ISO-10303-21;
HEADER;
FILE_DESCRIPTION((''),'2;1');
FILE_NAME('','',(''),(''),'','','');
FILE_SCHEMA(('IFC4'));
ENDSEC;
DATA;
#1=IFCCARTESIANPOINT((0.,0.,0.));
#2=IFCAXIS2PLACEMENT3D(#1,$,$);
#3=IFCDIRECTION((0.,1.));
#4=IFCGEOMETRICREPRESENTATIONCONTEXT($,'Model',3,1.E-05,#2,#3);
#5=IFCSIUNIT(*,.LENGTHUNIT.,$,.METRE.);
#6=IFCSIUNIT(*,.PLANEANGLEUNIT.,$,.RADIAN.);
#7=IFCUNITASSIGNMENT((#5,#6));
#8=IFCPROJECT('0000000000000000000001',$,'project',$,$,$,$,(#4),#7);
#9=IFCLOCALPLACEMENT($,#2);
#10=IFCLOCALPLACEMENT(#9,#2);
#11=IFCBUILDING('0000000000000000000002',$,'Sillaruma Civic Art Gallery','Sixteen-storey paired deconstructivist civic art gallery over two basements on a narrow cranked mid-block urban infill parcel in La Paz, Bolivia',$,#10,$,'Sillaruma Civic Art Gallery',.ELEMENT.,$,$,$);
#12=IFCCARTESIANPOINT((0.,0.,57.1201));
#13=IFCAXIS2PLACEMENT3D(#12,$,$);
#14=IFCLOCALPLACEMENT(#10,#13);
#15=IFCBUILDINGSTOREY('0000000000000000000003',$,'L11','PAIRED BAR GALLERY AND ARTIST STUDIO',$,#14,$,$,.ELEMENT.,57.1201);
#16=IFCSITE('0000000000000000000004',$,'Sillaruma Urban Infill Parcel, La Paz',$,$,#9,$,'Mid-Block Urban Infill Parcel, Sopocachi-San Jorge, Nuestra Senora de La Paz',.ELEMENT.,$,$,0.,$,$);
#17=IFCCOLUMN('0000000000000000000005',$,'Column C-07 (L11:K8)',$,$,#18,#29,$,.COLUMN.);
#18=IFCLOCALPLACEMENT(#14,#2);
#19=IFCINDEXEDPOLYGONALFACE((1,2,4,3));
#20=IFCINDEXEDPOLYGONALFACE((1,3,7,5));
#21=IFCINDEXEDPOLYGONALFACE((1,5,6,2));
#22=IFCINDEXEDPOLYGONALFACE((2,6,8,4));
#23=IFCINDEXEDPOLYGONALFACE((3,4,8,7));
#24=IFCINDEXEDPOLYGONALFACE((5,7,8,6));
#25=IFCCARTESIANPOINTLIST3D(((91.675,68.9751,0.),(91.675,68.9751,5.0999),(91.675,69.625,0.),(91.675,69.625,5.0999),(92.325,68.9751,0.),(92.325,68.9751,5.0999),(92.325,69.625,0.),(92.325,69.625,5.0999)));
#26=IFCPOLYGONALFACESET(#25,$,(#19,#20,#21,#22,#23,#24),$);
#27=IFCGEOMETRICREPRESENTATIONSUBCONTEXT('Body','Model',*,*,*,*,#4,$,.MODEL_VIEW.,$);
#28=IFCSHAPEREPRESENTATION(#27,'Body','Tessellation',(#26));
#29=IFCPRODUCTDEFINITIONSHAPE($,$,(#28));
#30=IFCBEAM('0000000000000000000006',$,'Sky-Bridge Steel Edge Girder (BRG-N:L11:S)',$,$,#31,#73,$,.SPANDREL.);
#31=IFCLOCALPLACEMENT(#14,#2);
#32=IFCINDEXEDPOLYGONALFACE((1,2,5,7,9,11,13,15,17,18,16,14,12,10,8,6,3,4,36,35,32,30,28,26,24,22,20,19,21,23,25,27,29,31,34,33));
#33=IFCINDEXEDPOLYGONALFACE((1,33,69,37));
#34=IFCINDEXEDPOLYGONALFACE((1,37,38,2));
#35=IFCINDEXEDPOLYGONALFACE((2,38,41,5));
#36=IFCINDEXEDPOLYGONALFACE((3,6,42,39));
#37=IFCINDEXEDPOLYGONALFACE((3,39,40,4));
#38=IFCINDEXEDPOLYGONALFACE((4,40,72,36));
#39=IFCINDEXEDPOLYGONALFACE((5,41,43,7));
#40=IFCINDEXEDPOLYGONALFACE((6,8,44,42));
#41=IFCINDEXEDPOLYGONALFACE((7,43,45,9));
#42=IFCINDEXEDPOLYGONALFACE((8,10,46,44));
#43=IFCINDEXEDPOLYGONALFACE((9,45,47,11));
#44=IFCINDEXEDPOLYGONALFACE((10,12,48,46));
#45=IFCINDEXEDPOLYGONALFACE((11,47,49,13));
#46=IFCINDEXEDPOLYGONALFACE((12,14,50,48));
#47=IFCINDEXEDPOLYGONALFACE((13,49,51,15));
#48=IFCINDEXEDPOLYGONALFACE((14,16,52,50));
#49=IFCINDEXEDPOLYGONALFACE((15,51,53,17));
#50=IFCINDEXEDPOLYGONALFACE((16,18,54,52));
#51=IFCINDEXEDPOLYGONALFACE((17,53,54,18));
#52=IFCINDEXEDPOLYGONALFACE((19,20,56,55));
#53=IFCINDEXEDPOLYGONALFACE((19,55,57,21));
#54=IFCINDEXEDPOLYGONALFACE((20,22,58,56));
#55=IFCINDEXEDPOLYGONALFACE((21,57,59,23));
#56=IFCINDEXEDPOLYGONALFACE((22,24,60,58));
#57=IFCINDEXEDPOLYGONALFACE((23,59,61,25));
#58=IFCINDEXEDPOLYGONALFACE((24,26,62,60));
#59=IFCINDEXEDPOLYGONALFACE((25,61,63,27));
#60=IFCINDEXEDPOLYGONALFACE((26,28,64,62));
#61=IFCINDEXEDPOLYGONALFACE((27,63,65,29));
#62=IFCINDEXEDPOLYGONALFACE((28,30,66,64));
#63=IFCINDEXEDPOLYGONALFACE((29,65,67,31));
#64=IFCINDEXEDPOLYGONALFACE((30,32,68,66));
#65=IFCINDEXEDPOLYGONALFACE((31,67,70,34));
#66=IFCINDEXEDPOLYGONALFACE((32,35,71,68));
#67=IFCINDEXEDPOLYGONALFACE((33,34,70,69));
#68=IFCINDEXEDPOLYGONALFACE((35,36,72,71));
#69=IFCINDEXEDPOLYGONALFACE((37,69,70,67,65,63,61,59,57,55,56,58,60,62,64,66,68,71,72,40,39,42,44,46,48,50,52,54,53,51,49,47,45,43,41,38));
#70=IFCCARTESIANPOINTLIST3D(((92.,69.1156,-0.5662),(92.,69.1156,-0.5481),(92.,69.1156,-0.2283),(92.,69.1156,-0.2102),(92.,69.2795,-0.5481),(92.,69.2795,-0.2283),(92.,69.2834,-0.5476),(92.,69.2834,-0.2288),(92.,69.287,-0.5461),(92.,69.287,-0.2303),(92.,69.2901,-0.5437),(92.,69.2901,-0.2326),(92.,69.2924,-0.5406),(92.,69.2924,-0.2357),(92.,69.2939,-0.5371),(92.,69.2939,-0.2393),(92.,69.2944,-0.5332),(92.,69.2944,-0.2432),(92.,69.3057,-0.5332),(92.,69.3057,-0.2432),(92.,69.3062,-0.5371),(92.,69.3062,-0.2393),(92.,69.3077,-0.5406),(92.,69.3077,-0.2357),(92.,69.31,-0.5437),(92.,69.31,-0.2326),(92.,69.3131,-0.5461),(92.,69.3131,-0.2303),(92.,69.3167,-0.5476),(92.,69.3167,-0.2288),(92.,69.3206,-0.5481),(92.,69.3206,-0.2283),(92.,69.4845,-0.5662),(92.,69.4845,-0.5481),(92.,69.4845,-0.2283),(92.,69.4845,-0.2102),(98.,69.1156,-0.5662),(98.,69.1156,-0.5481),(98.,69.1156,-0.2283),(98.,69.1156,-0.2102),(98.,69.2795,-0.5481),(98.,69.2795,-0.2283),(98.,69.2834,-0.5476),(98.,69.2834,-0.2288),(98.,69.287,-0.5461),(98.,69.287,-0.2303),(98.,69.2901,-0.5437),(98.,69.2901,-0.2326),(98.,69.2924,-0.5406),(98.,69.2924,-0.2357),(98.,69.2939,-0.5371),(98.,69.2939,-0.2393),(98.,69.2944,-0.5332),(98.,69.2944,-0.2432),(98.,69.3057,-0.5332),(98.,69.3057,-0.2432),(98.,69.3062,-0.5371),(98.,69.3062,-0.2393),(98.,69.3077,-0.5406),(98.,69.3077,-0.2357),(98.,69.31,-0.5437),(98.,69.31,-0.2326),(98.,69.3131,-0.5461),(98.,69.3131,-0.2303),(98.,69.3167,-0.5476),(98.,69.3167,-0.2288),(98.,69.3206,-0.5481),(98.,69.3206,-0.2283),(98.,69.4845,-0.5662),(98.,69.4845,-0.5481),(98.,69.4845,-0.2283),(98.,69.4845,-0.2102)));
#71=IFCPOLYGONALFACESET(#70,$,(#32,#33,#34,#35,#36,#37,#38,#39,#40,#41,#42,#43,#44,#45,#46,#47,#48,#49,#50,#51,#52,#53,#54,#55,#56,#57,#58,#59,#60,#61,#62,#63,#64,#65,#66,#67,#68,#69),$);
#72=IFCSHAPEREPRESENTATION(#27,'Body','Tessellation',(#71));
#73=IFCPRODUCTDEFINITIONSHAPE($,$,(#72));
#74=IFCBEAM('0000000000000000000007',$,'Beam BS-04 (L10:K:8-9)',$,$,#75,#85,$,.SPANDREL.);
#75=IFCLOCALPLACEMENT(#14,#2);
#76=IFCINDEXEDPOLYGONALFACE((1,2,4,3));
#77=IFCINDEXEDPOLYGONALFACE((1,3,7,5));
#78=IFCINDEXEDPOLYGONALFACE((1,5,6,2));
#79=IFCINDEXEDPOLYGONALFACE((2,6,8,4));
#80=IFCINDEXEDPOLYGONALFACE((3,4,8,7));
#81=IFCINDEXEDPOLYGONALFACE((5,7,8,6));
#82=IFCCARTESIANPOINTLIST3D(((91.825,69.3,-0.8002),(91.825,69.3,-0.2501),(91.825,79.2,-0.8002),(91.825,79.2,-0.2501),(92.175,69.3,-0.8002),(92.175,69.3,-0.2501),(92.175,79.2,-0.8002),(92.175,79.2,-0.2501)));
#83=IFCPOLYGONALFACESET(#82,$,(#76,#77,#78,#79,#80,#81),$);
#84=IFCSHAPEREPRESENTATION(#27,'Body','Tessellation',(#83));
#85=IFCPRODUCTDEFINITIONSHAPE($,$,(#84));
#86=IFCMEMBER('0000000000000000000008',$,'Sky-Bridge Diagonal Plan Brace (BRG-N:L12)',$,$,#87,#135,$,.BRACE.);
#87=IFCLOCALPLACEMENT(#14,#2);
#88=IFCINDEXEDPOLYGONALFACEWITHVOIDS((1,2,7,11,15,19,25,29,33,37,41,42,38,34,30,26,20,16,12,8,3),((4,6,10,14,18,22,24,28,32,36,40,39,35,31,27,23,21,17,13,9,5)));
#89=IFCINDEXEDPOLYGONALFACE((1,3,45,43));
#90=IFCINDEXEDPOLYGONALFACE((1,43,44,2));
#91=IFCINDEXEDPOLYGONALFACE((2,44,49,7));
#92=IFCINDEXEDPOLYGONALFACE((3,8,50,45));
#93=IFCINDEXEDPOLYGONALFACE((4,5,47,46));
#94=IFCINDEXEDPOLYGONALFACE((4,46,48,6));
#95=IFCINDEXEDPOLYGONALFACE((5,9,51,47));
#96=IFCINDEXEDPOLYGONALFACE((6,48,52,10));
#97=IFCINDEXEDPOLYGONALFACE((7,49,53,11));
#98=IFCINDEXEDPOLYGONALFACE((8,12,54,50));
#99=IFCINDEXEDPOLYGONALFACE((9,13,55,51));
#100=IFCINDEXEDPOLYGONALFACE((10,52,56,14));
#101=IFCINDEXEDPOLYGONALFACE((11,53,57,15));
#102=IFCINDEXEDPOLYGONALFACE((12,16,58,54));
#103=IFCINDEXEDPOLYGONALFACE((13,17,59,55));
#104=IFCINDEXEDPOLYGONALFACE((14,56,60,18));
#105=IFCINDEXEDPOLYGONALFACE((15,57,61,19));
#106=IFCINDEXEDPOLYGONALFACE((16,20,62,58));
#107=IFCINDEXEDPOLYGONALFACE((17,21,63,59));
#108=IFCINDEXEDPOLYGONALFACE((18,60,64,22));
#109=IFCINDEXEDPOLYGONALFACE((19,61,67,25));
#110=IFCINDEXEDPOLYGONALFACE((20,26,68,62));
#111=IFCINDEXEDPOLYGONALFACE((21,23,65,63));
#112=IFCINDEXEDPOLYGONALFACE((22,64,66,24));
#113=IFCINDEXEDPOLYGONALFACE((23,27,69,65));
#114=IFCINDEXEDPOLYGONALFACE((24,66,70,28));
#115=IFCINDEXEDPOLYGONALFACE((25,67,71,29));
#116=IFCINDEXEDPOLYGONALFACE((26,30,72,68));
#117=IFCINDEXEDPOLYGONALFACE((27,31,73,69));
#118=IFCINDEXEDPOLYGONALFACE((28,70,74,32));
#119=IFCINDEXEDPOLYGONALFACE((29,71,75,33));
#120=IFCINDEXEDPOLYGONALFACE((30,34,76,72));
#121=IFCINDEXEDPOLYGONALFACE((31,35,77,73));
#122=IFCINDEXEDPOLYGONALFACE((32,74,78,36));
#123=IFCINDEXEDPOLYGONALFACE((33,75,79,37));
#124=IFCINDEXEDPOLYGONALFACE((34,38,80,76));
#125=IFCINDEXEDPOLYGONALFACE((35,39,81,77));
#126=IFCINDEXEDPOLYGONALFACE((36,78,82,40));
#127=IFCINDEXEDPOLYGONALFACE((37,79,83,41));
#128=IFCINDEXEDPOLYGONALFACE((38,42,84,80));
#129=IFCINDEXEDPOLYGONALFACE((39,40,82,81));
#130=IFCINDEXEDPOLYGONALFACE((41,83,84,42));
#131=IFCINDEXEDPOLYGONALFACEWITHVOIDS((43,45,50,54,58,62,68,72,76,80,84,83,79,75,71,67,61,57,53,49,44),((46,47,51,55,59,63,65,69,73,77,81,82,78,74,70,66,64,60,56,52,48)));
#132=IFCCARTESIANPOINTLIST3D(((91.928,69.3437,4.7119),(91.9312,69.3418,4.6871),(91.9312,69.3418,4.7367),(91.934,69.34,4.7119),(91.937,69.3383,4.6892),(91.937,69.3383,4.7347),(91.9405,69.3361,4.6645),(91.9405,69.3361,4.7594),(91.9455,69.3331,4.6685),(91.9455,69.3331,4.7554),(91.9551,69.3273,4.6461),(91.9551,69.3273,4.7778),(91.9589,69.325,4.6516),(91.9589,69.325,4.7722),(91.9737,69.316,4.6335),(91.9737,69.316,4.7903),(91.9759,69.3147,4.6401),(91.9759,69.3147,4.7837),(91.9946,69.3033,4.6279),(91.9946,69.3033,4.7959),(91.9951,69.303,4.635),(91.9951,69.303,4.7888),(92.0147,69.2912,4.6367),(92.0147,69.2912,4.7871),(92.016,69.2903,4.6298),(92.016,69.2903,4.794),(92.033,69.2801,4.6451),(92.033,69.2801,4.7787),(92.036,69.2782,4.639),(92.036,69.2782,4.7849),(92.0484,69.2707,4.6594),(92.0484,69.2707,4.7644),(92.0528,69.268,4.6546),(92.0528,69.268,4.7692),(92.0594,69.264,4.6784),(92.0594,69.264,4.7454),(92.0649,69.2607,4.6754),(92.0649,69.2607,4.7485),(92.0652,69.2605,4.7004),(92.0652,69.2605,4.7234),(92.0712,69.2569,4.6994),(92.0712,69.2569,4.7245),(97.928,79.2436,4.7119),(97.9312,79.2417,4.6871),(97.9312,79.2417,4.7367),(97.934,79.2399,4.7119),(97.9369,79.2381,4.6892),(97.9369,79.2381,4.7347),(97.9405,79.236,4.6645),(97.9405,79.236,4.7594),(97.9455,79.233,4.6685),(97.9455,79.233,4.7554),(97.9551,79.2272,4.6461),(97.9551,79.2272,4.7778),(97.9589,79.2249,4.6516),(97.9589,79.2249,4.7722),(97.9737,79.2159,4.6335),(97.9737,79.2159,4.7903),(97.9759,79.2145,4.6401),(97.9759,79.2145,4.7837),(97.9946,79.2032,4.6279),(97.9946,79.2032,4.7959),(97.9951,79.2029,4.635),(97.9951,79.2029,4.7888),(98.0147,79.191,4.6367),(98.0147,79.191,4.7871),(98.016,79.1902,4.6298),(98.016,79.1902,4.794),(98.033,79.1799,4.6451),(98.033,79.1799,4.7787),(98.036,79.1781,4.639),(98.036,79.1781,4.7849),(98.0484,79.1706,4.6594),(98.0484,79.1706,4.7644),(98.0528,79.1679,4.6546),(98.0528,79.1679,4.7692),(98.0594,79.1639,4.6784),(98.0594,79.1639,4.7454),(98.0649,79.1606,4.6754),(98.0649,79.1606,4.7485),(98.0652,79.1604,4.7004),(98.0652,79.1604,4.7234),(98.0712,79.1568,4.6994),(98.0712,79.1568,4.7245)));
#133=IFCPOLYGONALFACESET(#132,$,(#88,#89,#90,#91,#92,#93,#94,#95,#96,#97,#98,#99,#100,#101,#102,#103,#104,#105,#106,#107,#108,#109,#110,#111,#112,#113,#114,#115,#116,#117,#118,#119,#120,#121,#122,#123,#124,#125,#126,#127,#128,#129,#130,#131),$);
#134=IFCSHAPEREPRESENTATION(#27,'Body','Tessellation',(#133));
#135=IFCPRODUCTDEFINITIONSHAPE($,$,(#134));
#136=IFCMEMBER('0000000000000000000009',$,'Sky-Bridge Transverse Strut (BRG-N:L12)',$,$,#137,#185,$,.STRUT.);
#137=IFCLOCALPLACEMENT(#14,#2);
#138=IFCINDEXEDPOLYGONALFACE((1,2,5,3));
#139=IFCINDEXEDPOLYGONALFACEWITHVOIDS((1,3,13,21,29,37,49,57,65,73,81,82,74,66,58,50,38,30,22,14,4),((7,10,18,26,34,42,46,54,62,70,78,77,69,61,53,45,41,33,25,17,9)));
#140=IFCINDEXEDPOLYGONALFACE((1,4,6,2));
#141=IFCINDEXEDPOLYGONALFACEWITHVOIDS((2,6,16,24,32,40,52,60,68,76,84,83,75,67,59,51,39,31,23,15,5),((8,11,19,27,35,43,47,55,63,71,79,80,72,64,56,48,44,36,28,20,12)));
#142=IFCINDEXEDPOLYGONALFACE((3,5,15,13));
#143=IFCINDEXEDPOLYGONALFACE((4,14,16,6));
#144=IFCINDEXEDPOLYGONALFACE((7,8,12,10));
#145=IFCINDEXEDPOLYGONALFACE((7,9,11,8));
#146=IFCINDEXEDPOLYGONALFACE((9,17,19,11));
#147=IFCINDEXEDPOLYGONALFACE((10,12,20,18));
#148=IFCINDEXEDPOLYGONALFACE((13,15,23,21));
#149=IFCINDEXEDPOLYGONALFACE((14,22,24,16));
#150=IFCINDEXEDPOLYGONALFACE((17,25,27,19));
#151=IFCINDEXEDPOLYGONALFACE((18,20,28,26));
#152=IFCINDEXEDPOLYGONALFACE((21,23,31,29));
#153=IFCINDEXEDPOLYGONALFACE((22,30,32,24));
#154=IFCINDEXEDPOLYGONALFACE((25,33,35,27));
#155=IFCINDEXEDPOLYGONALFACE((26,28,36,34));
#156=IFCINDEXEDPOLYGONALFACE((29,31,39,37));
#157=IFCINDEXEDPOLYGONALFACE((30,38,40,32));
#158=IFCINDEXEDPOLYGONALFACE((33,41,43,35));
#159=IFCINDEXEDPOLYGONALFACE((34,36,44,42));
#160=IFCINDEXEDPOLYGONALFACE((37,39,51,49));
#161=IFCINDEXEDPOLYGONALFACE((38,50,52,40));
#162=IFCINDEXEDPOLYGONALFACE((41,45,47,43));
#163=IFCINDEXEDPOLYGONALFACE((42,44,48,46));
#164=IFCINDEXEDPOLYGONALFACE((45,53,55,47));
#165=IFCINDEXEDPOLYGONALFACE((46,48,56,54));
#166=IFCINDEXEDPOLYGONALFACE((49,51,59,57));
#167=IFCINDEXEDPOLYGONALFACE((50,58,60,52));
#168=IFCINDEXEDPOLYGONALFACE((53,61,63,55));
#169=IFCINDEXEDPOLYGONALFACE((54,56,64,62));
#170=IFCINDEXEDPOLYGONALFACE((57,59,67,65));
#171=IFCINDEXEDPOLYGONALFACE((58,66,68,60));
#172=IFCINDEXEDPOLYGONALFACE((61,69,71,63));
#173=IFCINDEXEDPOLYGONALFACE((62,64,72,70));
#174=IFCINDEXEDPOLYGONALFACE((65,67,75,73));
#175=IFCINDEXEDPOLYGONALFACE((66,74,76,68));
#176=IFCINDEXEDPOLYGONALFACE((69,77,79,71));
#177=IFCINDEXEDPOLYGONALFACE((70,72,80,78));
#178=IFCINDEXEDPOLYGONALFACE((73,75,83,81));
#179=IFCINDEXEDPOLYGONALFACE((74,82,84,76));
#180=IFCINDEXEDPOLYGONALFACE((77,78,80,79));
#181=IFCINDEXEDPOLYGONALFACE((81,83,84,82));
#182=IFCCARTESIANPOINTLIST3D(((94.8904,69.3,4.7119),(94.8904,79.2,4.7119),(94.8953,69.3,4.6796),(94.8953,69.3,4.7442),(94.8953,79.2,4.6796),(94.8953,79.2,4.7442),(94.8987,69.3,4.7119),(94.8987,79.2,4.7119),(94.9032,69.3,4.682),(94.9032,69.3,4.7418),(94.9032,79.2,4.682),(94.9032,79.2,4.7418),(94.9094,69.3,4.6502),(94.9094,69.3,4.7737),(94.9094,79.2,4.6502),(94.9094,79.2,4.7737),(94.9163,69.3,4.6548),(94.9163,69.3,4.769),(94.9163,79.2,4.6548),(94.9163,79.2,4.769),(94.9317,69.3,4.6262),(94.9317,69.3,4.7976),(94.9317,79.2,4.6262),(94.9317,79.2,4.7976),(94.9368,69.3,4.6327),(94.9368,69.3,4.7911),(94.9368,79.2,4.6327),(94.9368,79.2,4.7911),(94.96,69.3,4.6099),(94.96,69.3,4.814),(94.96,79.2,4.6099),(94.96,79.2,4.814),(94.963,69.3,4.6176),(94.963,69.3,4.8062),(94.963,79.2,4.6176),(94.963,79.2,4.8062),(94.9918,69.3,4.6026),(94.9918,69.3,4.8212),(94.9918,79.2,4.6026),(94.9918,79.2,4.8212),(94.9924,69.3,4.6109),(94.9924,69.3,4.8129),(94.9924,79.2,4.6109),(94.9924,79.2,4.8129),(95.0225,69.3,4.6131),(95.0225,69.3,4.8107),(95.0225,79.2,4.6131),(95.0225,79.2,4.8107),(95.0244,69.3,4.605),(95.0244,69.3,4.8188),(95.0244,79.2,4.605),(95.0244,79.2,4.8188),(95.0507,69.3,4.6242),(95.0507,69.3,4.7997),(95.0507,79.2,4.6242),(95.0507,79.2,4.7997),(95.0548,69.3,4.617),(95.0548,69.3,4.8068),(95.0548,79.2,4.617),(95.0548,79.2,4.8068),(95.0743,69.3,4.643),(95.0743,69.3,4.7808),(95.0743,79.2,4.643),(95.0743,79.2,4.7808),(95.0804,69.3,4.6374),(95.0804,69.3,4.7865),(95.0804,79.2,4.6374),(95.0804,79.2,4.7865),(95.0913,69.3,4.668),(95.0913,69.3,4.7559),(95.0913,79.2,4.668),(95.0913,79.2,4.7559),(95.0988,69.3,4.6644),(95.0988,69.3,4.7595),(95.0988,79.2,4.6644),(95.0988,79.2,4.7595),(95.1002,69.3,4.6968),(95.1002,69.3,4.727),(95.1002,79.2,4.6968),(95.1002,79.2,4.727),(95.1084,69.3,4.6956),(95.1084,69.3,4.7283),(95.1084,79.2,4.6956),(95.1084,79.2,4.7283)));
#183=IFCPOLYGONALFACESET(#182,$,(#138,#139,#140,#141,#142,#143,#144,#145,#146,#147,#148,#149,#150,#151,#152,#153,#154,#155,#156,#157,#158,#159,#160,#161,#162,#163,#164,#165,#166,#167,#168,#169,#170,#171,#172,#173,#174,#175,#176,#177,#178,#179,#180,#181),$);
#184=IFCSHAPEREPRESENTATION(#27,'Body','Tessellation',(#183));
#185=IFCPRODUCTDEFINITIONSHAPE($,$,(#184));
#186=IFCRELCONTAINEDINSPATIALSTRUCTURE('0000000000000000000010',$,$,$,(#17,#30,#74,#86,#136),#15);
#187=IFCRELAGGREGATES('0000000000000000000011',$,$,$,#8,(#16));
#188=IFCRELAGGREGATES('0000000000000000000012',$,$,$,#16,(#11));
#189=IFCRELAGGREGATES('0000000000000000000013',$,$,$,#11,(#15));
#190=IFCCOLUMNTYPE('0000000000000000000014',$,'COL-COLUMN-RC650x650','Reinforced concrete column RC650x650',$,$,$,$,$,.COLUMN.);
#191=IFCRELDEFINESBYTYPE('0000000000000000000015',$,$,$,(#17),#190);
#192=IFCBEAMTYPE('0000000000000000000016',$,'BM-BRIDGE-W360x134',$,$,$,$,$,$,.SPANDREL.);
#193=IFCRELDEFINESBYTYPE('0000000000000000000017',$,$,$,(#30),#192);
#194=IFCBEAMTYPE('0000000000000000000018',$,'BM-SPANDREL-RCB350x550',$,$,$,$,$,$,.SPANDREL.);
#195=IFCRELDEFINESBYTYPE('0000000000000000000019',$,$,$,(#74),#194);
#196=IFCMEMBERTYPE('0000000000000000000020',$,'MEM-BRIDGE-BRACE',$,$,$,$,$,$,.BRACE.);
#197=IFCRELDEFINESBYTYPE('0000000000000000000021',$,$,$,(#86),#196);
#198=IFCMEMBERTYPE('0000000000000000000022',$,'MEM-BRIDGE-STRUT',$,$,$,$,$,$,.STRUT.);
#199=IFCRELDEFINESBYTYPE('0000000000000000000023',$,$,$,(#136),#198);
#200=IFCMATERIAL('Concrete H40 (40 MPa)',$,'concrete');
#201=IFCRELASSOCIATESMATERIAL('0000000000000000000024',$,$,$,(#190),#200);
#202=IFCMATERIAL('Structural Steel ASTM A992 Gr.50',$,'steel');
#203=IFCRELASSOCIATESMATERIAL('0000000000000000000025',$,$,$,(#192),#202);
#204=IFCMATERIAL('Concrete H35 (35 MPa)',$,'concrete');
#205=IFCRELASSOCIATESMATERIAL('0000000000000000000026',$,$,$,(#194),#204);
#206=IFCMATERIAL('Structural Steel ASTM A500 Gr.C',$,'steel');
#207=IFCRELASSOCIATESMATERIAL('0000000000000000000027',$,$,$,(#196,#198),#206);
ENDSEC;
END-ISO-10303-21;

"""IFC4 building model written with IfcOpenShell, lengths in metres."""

from ifc_helpers import new_model, si_unit, direction, frame, origin, origin_2d, place, context, subcontext, project, spatial, rectangle, hollow_circle, i_section, extrude, material, material_profile, profile_set, type_object, element, save


model = new_model("IFC4")

# Units and contexts
model_context = context("Model", 3, precision=1e-05, world=origin(), true_north=direction((0.0, 1.0)))
body_context = subcontext(model_context, "Body", "Model", "MODEL_VIEW")
ifc_project = project(units=[si_unit("LENGTHUNIT", "METRE"), si_unit("PLANEANGLEUNIT", "RADIAN")], contexts=[model_context])

# Site, building, storey
site_placement = place(None, origin())
site = spatial("IfcSite", under=ifc_project, at=site_placement, Name="Sillaruma Urban Infill Parcel, La Paz", LongName="Mid-Block Urban Infill Parcel, Sopocachi-San Jorge, Nuestra Senora de La Paz", CompositionType="ELEMENT", RefElevation=0.0)
building_placement = place(site_placement, origin())
building = spatial("IfcBuilding", under=site, at=building_placement, Name="Sillaruma Civic Art Gallery", Description="Sixteen-storey paired deconstructivist civic art gallery over two basements on a narrow cranked mid-block urban infill parcel in La Paz, Bolivia", LongName="Sillaruma Civic Art Gallery", CompositionType="ELEMENT")
storey_placement = place(building_placement, frame((0.0, 0.0, 57.1201)))
storey = spatial("IfcBuildingStorey", under=building, at=storey_placement, Name="L11", Description="PAIRED BAR GALLERY AND ARTIST STUDIO", CompositionType="ELEMENT", Elevation=57.1201)

# Column
ifc_material_1 = material(Name="Concrete H40 (40 MPa)", Category="concrete")
ifc_material_profile_1 = material_profile(ifc_material_1, rectangle(XDim=0.6499, YDim=0.6499, at=origin_2d()), Name="RC650x650")
ifc_profile_set_1 = profile_set([ifc_material_profile_1], Name="Concrete H40 (40 MPa)")
column_type = type_object("IfcColumnType", Name="COL-COLUMN-RC650x650", Description="Reinforced concrete column RC650x650", PredefinedType="COLUMN", material=ifc_profile_set_1)
column_placement = place(storey_placement, frame((92.0, 69.3, 0.0), z_axis=(0.0, 0.0, 1.0), x_axis=(1.0, 0.0, 0.0)))
element("IfcColumn", 1, at=column_placement, inside=storey, type_object=column_type, Name="Column C-07 (L11:K8)", PredefinedType="COLUMN", context=body_context, shape_type="SweptSolid", body=[
    extrude(rectangle(XDim=0.6499, YDim=0.6499, at=origin_2d()), origin(), (0.0, 0.0, 1.0), 5.0999),
])

# Beams
ifc_material_2 = material(Name="Structural Steel ASTM A992 Gr.50", Category="steel")
ifc_material_profile_2 = material_profile(ifc_material_2, i_section(OverallWidth=0.3689, OverallDepth=0.356, WebThickness=0.0112, FlangeThickness=0.0181, FilletRadius=0.0149, at=origin_2d()), Name="W360x134")
ifc_profile_set_2 = profile_set([ifc_material_profile_2], Name="Structural Steel ASTM A992 Gr.50")
beam_type_1 = type_object("IfcBeamType", Name="BM-BRIDGE-W360x134", PredefinedType="SPANDREL", material=ifc_profile_set_2)
beam_1_placement = place(storey_placement, frame((92.0, 69.3, -0.3882), z_axis=(1.0, 0.0, 0.0), x_axis=(0.0, 1.0, 0.0)))
element("IfcBeam", 2, at=beam_1_placement, inside=storey, type_object=beam_type_1, Name="Sky-Bridge Steel Edge Girder (BRG-N:L11:S)", PredefinedType="SPANDREL", context=body_context, shape_type="SweptSolid", body=[
    extrude(i_section(OverallWidth=0.3689, OverallDepth=0.356, WebThickness=0.0112, FlangeThickness=0.0181, FilletRadius=0.0149, at=origin_2d()), origin(), (0.0, 0.0, 1.0), 6.0),
])
ifc_material_3 = material(Name="Concrete H35 (35 MPa)", Category="concrete")
ifc_material_profile_3 = material_profile(ifc_material_3, rectangle(XDim=0.3501, YDim=0.55, at=origin_2d()), Name="RCB350x550")
ifc_profile_set_3 = profile_set([ifc_material_profile_3], Name="Concrete H35 (35 MPa)")
beam_type_2 = type_object("IfcBeamType", Name="BM-SPANDREL-RCB350x550", PredefinedType="SPANDREL", material=ifc_profile_set_3)
beam_2_placement = place(storey_placement, frame((92.0, 69.3, -0.5251), z_axis=(0.0, 1.0, 0.0), x_axis=(-1.0, 0.0, 0.0)))
element("IfcBeam", 3, at=beam_2_placement, inside=storey, type_object=beam_type_2, Name="Beam BS-04 (L10:K:8-9)", PredefinedType="SPANDREL", context=body_context, shape_type="SweptSolid", body=[
    extrude(rectangle(XDim=0.3501, YDim=0.55, at=origin_2d()), origin(), (0.0, 0.0, 1.0), 9.8999),
])

# Members
ifc_material_4 = material(Name="Structural Steel ASTM A500 Gr.C", Category="steel")
ifc_material_profile_4 = material_profile(ifc_material_4, hollow_circle(Radius=0.0842, WallThickness=0.0071, at=origin_2d()), Name="CHS168.3x7.1")
ifc_profile_set_4 = profile_set([ifc_material_profile_4], Name="Structural Steel ASTM A500 Gr.C")
member_type_1 = type_object("IfcMemberType", Name="MEM-BRIDGE-BRACE", PredefinedType="BRACE", material=ifc_profile_set_4)
member_1_placement = place(storey_placement, frame((92.0, 69.3, 4.7119), z_axis=(0.518305, 0.855196, 0.0), x_axis=(-0.855196, 0.518305, 0.0)))
element("IfcMember", 4, at=member_1_placement, inside=storey, type_object=member_type_1, Name="Sky-Bridge Diagonal Plan Brace (BRG-N:L12)", PredefinedType="BRACE", context=body_context, shape_type="SweptSolid", body=[
    extrude(hollow_circle(Radius=0.0842, WallThickness=0.0071, at=origin_2d()), origin(), (0.0, 0.0, 1.0), 11.5762),
])
ifc_material_profile_5 = material_profile(ifc_material_4, hollow_circle(Radius=0.1096, WallThickness=0.0083, at=origin_2d()), Name="CHS219.1x8.2")
ifc_profile_set_5 = profile_set([ifc_material_profile_5], Name="Structural Steel ASTM A500 Gr.C")
member_type_2 = type_object("IfcMemberType", Name="MEM-BRIDGE-STRUT", PredefinedType="STRUT", material=ifc_profile_set_5)
member_2_placement = place(storey_placement, frame((95.0, 69.3, 4.7119), z_axis=(0.0, 1.0, 0.0), x_axis=(-1.0, 0.0, 0.0)))
element("IfcMember", 5, at=member_2_placement, inside=storey, type_object=member_type_2, Name="Sky-Bridge Transverse Strut (BRG-N:L12)", PredefinedType="STRUT", context=body_context, shape_type="SweptSolid", body=[
    extrude(hollow_circle(Radius=0.1096, WallThickness=0.0083, at=origin_2d()), origin(), (0.0, 0.0, 1.0), 9.8999),
])

save(model, "model.ifc")
